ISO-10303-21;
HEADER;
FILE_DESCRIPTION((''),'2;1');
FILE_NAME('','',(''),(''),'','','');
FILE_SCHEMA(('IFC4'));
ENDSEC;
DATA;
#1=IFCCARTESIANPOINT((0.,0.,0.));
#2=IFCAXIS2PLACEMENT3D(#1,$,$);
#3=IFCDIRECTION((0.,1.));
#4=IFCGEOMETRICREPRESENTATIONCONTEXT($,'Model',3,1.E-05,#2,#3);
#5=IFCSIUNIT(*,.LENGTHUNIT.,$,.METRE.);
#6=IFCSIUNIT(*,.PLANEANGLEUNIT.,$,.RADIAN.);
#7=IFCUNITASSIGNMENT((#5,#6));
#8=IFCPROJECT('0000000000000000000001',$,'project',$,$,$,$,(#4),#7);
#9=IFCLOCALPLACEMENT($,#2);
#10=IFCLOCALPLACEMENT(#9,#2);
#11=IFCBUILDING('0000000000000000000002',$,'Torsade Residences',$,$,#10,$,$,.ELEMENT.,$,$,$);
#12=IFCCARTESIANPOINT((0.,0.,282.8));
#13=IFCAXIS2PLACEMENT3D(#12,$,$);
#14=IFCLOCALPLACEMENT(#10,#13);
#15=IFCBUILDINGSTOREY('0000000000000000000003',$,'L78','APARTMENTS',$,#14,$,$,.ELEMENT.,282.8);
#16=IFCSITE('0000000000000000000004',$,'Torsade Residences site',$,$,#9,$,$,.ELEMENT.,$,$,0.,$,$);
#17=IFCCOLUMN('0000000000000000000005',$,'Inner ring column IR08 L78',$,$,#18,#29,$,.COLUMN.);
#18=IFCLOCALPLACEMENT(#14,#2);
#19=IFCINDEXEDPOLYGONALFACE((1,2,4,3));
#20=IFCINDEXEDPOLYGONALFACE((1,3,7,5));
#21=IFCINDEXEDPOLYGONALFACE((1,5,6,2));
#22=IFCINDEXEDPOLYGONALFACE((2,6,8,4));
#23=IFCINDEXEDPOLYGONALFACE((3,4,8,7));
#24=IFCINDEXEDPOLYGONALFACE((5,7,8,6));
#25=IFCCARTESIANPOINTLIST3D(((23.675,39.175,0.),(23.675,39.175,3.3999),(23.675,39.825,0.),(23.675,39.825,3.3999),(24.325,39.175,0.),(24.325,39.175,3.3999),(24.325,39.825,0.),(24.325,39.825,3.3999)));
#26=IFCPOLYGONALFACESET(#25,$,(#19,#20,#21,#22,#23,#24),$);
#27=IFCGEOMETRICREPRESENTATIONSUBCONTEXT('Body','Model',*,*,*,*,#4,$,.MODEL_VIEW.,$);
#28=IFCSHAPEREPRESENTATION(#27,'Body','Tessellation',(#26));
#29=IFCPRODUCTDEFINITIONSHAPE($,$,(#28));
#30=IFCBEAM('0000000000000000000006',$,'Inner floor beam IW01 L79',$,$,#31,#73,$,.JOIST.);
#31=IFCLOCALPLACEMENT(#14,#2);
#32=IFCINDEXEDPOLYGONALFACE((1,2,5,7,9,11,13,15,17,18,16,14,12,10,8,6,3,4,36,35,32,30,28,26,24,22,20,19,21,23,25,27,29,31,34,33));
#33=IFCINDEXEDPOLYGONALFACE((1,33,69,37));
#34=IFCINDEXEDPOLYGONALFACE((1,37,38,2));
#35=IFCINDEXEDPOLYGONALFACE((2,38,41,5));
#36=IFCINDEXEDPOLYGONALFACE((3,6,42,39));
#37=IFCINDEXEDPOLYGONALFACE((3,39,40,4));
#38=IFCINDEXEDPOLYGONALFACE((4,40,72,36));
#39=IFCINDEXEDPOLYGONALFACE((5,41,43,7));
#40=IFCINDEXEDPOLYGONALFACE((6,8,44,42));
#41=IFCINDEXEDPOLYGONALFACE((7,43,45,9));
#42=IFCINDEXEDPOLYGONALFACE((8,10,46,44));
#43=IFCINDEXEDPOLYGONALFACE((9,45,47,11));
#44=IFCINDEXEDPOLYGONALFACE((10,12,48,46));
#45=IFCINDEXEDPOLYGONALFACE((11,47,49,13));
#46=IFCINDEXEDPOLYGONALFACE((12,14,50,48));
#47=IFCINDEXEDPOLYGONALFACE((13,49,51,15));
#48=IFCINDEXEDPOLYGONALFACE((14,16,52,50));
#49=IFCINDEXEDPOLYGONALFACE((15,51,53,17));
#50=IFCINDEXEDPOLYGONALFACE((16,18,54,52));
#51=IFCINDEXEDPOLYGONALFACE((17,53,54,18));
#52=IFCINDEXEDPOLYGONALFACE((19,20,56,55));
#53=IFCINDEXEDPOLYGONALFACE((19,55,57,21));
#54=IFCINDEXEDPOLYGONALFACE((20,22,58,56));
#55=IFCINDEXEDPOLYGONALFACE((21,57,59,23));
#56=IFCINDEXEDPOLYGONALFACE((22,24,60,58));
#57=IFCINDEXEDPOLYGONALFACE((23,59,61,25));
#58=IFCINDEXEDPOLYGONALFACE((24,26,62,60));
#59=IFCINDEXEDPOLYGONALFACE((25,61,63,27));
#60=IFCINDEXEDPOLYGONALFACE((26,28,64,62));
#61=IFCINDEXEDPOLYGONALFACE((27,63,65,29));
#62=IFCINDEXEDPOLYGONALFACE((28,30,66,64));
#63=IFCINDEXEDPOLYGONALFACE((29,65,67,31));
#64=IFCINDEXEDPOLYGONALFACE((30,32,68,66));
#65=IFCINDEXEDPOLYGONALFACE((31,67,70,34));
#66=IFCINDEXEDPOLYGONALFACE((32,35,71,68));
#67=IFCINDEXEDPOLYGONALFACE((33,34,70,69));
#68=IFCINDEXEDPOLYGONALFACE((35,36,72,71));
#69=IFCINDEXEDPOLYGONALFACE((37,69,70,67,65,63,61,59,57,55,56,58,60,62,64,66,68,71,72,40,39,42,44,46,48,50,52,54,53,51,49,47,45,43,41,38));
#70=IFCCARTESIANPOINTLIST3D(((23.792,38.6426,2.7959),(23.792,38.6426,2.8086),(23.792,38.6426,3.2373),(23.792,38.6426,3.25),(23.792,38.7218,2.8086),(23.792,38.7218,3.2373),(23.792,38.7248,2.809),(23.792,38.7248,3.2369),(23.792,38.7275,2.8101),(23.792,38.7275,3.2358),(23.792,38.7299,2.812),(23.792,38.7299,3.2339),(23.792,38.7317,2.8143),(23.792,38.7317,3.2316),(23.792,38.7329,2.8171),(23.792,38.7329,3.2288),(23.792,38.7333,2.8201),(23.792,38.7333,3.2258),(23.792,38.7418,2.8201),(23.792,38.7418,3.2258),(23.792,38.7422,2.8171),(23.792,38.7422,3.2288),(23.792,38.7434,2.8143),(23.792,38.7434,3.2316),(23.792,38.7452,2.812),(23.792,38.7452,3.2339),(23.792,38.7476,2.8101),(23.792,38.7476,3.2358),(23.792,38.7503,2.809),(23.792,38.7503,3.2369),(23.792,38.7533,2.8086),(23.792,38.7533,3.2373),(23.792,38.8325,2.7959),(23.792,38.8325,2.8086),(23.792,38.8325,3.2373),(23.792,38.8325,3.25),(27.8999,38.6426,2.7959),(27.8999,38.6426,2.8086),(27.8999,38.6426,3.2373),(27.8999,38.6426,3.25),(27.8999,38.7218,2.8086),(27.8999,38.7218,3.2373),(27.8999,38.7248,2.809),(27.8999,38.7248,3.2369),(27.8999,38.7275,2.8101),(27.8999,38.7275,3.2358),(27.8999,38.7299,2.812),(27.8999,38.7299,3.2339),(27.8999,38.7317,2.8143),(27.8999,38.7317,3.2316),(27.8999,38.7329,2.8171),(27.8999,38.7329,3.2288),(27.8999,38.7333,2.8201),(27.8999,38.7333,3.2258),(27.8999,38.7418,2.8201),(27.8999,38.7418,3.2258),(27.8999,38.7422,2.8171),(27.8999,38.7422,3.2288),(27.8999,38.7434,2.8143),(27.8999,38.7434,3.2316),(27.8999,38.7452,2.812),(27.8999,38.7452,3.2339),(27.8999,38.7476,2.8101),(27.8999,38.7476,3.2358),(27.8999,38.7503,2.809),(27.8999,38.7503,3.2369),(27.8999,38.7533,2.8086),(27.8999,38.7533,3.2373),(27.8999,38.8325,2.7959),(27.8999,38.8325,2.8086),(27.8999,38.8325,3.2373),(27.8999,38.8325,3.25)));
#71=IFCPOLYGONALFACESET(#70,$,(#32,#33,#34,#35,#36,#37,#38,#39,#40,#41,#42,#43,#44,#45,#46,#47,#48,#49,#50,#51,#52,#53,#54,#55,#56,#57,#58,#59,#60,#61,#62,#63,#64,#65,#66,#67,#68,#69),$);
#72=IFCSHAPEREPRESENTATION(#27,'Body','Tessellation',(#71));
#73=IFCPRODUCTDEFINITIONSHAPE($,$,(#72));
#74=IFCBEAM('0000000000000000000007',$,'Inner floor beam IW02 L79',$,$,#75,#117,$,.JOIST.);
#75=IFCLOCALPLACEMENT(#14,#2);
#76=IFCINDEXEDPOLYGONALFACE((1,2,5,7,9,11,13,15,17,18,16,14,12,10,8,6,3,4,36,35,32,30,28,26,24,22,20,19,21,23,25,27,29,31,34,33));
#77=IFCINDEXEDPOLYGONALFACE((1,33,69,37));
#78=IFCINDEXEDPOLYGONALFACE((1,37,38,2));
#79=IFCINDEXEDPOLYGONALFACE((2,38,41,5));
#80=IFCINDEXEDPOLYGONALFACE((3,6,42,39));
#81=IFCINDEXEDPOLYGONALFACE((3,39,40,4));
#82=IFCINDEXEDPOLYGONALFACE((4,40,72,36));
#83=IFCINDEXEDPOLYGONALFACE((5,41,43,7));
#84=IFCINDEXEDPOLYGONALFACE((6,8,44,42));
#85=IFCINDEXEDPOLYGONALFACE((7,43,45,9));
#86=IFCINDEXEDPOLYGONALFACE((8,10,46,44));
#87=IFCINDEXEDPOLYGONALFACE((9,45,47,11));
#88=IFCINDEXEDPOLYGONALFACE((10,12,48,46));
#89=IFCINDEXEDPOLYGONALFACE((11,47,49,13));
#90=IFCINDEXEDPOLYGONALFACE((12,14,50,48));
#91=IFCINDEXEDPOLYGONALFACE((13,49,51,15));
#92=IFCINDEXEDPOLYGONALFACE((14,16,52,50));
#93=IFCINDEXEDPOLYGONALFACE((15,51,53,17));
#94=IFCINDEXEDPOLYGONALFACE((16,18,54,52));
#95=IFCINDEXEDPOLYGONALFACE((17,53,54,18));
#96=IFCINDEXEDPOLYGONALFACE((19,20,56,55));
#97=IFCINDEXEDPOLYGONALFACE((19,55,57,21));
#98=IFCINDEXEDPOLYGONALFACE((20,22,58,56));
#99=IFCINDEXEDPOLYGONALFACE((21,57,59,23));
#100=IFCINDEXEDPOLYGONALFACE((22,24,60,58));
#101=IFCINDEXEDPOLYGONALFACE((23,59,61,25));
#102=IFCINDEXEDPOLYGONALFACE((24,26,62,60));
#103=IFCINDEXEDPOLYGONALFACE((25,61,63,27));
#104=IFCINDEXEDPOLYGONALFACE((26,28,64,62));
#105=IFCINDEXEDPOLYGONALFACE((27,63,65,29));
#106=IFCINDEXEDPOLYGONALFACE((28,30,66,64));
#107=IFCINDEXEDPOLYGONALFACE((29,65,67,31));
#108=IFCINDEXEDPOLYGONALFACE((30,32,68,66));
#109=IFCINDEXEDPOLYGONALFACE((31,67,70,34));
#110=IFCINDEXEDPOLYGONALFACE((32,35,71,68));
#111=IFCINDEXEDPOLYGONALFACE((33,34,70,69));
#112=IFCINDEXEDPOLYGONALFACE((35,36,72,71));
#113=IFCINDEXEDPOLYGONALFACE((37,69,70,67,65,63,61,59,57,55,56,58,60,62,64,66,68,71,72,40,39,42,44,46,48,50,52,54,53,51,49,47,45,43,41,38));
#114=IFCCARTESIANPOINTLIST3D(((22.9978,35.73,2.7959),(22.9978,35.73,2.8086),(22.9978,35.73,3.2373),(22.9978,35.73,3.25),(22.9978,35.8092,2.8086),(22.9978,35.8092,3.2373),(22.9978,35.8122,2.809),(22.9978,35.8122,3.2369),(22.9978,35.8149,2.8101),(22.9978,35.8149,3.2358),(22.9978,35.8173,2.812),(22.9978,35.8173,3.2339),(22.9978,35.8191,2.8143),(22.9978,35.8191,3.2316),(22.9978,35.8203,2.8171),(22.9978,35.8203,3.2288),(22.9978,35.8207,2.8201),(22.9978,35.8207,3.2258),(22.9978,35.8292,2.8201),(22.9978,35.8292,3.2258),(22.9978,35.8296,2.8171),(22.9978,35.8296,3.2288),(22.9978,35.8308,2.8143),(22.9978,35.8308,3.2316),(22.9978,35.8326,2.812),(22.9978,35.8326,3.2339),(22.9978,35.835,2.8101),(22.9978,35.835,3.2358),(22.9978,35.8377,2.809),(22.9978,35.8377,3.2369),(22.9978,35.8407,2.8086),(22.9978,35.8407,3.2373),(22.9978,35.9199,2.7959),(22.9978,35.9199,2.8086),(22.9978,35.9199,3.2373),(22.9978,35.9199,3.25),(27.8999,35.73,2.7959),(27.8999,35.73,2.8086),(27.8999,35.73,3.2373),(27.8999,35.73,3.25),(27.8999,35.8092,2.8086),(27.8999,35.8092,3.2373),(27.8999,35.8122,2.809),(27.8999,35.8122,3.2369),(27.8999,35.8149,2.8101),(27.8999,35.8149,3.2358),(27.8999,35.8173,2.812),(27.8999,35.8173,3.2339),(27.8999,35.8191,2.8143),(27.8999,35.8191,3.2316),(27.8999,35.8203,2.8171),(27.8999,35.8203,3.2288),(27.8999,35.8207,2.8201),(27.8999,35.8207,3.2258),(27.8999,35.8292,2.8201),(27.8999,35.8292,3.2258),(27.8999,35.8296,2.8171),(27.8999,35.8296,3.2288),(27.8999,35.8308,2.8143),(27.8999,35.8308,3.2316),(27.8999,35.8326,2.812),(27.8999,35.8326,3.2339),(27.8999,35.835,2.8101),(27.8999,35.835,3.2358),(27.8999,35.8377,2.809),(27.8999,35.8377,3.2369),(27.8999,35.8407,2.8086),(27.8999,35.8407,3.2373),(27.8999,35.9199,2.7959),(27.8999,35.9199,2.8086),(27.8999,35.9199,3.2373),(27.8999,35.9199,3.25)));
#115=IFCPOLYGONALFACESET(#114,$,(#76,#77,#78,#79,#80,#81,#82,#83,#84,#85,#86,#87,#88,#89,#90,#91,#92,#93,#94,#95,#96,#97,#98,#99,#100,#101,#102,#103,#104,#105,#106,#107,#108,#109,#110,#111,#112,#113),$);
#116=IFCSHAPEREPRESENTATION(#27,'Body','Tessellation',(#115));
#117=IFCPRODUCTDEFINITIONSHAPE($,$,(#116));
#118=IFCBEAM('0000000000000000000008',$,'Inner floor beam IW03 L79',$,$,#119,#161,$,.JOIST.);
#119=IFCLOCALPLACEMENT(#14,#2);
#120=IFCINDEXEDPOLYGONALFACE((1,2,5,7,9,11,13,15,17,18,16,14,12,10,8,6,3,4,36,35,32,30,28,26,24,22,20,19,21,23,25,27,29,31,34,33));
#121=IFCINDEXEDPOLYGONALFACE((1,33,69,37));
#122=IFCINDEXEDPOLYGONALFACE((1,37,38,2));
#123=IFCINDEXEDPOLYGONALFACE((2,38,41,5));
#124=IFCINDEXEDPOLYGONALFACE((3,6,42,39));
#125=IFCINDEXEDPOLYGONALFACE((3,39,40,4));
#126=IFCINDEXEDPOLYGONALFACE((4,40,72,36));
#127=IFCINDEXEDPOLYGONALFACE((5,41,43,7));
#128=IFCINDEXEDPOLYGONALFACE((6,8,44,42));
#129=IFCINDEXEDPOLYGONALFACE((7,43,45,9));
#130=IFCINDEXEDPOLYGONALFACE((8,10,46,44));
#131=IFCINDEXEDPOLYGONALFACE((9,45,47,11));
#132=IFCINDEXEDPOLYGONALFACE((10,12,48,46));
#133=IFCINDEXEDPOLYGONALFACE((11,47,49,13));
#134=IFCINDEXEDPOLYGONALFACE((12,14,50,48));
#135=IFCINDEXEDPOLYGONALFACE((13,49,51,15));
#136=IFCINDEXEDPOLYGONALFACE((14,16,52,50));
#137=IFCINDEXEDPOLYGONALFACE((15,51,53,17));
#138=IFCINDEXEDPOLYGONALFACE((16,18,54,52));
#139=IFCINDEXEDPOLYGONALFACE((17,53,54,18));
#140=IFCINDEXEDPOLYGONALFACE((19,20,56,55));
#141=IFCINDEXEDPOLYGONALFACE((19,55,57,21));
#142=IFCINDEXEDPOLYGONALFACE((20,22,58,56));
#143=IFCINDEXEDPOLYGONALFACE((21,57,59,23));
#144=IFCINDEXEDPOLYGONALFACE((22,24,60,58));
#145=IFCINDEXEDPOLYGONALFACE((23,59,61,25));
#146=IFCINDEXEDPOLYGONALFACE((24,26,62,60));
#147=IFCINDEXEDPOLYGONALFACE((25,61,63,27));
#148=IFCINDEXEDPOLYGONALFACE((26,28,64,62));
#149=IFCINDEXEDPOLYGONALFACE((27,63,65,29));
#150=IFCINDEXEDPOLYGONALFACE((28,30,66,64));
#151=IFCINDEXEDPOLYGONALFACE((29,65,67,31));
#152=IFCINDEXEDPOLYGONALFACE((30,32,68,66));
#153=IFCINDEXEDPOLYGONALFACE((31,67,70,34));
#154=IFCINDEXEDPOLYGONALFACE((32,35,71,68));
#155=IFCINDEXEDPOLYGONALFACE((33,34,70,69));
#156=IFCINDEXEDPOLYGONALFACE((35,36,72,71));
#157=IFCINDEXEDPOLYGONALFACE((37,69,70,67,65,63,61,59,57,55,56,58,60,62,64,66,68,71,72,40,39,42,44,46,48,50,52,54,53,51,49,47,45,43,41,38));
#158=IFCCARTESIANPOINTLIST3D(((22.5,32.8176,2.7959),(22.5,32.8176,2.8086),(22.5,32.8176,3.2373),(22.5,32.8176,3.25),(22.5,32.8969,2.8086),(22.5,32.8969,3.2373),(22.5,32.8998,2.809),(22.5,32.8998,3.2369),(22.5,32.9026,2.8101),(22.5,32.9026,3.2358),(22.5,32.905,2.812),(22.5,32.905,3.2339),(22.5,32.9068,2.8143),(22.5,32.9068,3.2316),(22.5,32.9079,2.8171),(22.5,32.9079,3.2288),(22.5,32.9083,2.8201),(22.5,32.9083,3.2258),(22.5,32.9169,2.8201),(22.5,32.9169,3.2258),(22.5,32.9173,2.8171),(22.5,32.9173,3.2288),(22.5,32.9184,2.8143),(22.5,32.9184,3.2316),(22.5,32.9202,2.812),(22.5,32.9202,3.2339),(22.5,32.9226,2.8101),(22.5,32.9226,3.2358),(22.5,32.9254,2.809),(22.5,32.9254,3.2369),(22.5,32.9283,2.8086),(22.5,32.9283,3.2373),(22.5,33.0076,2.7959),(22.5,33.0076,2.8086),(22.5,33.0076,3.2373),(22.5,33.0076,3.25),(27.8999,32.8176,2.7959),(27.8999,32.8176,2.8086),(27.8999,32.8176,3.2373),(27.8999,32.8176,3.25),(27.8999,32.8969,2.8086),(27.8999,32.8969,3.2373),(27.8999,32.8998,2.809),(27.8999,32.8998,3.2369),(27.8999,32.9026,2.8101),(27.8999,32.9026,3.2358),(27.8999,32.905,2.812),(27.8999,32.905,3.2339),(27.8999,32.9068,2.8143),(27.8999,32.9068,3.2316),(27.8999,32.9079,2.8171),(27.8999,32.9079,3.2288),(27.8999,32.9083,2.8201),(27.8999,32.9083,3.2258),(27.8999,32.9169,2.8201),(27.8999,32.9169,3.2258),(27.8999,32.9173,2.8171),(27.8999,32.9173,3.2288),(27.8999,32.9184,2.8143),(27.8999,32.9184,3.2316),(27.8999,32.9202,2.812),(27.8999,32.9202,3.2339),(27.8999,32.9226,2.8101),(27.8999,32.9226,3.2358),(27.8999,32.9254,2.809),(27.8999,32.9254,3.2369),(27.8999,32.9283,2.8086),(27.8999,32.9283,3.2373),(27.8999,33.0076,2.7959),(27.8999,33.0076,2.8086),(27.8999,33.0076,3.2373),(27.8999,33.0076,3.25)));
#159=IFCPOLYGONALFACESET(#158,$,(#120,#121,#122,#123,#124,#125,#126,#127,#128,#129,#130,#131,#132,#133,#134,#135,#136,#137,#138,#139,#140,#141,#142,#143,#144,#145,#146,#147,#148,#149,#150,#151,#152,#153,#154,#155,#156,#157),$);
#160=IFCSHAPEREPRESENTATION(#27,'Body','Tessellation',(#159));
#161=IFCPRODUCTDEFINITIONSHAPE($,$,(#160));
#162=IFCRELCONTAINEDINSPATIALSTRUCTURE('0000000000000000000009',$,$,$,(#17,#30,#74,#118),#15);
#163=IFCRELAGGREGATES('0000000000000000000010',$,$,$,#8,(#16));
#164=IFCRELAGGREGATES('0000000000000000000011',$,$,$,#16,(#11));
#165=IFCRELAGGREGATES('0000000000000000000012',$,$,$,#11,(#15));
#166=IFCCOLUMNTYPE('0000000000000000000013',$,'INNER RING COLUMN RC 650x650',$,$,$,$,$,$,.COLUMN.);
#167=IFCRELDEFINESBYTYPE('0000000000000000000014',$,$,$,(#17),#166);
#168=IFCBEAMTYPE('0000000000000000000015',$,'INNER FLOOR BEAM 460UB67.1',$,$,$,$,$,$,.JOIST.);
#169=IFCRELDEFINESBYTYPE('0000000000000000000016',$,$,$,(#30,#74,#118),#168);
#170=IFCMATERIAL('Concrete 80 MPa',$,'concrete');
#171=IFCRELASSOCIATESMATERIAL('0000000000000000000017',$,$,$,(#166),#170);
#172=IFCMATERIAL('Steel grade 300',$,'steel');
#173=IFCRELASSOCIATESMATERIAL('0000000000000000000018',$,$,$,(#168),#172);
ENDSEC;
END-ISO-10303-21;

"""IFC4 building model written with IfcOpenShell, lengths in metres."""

from ifc_helpers import new_model, si_unit, direction, frame, origin, origin_2d, place, context, subcontext, project, spatial, rectangle, i_section, extrude, material, material_profile, profile_set, type_object, element, save


model = new_model("IFC4")

# Units and contexts
model_context = context("Model", 3, precision=1e-05, world=origin(), true_north=direction((0.0, 1.0)))
body_context = subcontext(model_context, "Body", "Model", "MODEL_VIEW")
ifc_project = project(units=[si_unit("LENGTHUNIT", "METRE"), si_unit("PLANEANGLEUNIT", "RADIAN")], contexts=[model_context])

# Site, building, storey
site_placement = place(None, origin())
site = spatial("IfcSite", under=ifc_project, at=site_placement, Name="Torsade Residences site", CompositionType="ELEMENT", RefElevation=0.0)
building_placement = place(site_placement, origin())
building = spatial("IfcBuilding", under=site, at=building_placement, Name="Torsade Residences", CompositionType="ELEMENT")
storey_placement = place(building_placement, frame((0.0, 0.0, 282.8)))
storey = spatial("IfcBuildingStorey", under=building, at=storey_placement, Name="L78", Description="APARTMENTS", CompositionType="ELEMENT", Elevation=282.8)

# Column
ifc_material_1 = material(Name="Concrete 80 MPa", Category="concrete")
ifc_material_profile_1 = material_profile(ifc_material_1, rectangle(XDim=0.6499, YDim=0.6499, at=origin_2d()), Name="RC 650x650")
ifc_profile_set_1 = profile_set([ifc_material_profile_1], Name="Concrete 80 MPa")
column_type = type_object("IfcColumnType", Name="INNER RING COLUMN RC 650x650", PredefinedType="COLUMN", material=ifc_profile_set_1)
column_placement = place(storey_placement, frame((24.0, 39.5, 0.0), z_axis=(0.0, 0.0, 1.0), x_axis=(1.0, 0.0, 0.0)))
element("IfcColumn", 1, at=column_placement, inside=storey, type_object=column_type, Name="Inner ring column IR08 L78", PredefinedType="COLUMN", context=body_context, shape_type="SweptSolid", body=[
    extrude(rectangle(XDim=0.6499, YDim=0.6499, at=origin_2d()), origin(), (0.0, 0.0, 1.0), 3.3999),
])

# Beams
ifc_material_2 = material(Name="Steel grade 300", Category="steel")
ifc_material_profile_2 = material_profile(ifc_material_2, i_section(OverallWidth=0.1899, OverallDepth=0.4541, WebThickness=0.0085, FlangeThickness=0.0127, FilletRadius=0.0115, at=origin_2d()), Name="460UB67.1")
ifc_profile_set_2 = profile_set([ifc_material_profile_2], Name="Steel grade 300")
beam_type_1 = type_object("IfcBeamType", Name="INNER FLOOR BEAM 460UB67.1", PredefinedType="JOIST", material=ifc_profile_set_2)
beam_1_placement = place(storey_placement, frame((27.8999, 38.7375, 3.0229), z_axis=(-1.0, 0.0, 0.0), x_axis=(0.0, -1.0, 0.0)))
element("IfcBeam", 2, at=beam_1_placement, inside=storey, type_object=beam_type_1, Name="Inner floor beam IW01 L79", PredefinedType="JOIST", context=body_context, shape_type="SweptSolid", body=[
    extrude(i_section(OverallWidth=0.1899, OverallDepth=0.4541, WebThickness=0.0085, FlangeThickness=0.0127, FilletRadius=0.0115, at=origin_2d()), origin(), (0.0, 0.0, 1.0), 4.1079),
])
beam_2_placement = place(storey_placement, frame((27.8999, 35.825, 3.0229), z_axis=(-1.0, 0.0, 0.0), x_axis=(0.0, -1.0, 0.0)))
element("IfcBeam", 3, at=beam_2_placement, inside=storey, type_object=beam_type_1, Name="Inner floor beam IW02 L79", PredefinedType="JOIST", context=body_context, shape_type="SweptSolid", body=[
    extrude(i_section(OverallWidth=0.1899, OverallDepth=0.4541, WebThickness=0.0085, FlangeThickness=0.0127, FilletRadius=0.0115, at=origin_2d()), origin(), (0.0, 0.0, 1.0), 4.9021),
])
for number, where, z_axis, x_axis, name in (
    (4, (27.8999, 32.9126, 3.0229), (-1.0, 0.0, 0.0), (0.0, -1.0, 0.0), "Inner floor beam IW03 L79"),
):
    element("IfcBeam", number, at=place(storey_placement, frame(where, z_axis=z_axis, x_axis=x_axis)), inside=storey, type_object=beam_type_1, Name=name, PredefinedType="JOIST", context=body_context, shape_type="SweptSolid", body=[
        extrude(i_section(OverallWidth=0.1899, OverallDepth=0.4541, WebThickness=0.0085, FlangeThickness=0.0127, FilletRadius=0.0115, at=origin_2d()), origin(), (0.0, 0.0, 1.0), 5.3999),
    ])

save(model, "model.ifc")
